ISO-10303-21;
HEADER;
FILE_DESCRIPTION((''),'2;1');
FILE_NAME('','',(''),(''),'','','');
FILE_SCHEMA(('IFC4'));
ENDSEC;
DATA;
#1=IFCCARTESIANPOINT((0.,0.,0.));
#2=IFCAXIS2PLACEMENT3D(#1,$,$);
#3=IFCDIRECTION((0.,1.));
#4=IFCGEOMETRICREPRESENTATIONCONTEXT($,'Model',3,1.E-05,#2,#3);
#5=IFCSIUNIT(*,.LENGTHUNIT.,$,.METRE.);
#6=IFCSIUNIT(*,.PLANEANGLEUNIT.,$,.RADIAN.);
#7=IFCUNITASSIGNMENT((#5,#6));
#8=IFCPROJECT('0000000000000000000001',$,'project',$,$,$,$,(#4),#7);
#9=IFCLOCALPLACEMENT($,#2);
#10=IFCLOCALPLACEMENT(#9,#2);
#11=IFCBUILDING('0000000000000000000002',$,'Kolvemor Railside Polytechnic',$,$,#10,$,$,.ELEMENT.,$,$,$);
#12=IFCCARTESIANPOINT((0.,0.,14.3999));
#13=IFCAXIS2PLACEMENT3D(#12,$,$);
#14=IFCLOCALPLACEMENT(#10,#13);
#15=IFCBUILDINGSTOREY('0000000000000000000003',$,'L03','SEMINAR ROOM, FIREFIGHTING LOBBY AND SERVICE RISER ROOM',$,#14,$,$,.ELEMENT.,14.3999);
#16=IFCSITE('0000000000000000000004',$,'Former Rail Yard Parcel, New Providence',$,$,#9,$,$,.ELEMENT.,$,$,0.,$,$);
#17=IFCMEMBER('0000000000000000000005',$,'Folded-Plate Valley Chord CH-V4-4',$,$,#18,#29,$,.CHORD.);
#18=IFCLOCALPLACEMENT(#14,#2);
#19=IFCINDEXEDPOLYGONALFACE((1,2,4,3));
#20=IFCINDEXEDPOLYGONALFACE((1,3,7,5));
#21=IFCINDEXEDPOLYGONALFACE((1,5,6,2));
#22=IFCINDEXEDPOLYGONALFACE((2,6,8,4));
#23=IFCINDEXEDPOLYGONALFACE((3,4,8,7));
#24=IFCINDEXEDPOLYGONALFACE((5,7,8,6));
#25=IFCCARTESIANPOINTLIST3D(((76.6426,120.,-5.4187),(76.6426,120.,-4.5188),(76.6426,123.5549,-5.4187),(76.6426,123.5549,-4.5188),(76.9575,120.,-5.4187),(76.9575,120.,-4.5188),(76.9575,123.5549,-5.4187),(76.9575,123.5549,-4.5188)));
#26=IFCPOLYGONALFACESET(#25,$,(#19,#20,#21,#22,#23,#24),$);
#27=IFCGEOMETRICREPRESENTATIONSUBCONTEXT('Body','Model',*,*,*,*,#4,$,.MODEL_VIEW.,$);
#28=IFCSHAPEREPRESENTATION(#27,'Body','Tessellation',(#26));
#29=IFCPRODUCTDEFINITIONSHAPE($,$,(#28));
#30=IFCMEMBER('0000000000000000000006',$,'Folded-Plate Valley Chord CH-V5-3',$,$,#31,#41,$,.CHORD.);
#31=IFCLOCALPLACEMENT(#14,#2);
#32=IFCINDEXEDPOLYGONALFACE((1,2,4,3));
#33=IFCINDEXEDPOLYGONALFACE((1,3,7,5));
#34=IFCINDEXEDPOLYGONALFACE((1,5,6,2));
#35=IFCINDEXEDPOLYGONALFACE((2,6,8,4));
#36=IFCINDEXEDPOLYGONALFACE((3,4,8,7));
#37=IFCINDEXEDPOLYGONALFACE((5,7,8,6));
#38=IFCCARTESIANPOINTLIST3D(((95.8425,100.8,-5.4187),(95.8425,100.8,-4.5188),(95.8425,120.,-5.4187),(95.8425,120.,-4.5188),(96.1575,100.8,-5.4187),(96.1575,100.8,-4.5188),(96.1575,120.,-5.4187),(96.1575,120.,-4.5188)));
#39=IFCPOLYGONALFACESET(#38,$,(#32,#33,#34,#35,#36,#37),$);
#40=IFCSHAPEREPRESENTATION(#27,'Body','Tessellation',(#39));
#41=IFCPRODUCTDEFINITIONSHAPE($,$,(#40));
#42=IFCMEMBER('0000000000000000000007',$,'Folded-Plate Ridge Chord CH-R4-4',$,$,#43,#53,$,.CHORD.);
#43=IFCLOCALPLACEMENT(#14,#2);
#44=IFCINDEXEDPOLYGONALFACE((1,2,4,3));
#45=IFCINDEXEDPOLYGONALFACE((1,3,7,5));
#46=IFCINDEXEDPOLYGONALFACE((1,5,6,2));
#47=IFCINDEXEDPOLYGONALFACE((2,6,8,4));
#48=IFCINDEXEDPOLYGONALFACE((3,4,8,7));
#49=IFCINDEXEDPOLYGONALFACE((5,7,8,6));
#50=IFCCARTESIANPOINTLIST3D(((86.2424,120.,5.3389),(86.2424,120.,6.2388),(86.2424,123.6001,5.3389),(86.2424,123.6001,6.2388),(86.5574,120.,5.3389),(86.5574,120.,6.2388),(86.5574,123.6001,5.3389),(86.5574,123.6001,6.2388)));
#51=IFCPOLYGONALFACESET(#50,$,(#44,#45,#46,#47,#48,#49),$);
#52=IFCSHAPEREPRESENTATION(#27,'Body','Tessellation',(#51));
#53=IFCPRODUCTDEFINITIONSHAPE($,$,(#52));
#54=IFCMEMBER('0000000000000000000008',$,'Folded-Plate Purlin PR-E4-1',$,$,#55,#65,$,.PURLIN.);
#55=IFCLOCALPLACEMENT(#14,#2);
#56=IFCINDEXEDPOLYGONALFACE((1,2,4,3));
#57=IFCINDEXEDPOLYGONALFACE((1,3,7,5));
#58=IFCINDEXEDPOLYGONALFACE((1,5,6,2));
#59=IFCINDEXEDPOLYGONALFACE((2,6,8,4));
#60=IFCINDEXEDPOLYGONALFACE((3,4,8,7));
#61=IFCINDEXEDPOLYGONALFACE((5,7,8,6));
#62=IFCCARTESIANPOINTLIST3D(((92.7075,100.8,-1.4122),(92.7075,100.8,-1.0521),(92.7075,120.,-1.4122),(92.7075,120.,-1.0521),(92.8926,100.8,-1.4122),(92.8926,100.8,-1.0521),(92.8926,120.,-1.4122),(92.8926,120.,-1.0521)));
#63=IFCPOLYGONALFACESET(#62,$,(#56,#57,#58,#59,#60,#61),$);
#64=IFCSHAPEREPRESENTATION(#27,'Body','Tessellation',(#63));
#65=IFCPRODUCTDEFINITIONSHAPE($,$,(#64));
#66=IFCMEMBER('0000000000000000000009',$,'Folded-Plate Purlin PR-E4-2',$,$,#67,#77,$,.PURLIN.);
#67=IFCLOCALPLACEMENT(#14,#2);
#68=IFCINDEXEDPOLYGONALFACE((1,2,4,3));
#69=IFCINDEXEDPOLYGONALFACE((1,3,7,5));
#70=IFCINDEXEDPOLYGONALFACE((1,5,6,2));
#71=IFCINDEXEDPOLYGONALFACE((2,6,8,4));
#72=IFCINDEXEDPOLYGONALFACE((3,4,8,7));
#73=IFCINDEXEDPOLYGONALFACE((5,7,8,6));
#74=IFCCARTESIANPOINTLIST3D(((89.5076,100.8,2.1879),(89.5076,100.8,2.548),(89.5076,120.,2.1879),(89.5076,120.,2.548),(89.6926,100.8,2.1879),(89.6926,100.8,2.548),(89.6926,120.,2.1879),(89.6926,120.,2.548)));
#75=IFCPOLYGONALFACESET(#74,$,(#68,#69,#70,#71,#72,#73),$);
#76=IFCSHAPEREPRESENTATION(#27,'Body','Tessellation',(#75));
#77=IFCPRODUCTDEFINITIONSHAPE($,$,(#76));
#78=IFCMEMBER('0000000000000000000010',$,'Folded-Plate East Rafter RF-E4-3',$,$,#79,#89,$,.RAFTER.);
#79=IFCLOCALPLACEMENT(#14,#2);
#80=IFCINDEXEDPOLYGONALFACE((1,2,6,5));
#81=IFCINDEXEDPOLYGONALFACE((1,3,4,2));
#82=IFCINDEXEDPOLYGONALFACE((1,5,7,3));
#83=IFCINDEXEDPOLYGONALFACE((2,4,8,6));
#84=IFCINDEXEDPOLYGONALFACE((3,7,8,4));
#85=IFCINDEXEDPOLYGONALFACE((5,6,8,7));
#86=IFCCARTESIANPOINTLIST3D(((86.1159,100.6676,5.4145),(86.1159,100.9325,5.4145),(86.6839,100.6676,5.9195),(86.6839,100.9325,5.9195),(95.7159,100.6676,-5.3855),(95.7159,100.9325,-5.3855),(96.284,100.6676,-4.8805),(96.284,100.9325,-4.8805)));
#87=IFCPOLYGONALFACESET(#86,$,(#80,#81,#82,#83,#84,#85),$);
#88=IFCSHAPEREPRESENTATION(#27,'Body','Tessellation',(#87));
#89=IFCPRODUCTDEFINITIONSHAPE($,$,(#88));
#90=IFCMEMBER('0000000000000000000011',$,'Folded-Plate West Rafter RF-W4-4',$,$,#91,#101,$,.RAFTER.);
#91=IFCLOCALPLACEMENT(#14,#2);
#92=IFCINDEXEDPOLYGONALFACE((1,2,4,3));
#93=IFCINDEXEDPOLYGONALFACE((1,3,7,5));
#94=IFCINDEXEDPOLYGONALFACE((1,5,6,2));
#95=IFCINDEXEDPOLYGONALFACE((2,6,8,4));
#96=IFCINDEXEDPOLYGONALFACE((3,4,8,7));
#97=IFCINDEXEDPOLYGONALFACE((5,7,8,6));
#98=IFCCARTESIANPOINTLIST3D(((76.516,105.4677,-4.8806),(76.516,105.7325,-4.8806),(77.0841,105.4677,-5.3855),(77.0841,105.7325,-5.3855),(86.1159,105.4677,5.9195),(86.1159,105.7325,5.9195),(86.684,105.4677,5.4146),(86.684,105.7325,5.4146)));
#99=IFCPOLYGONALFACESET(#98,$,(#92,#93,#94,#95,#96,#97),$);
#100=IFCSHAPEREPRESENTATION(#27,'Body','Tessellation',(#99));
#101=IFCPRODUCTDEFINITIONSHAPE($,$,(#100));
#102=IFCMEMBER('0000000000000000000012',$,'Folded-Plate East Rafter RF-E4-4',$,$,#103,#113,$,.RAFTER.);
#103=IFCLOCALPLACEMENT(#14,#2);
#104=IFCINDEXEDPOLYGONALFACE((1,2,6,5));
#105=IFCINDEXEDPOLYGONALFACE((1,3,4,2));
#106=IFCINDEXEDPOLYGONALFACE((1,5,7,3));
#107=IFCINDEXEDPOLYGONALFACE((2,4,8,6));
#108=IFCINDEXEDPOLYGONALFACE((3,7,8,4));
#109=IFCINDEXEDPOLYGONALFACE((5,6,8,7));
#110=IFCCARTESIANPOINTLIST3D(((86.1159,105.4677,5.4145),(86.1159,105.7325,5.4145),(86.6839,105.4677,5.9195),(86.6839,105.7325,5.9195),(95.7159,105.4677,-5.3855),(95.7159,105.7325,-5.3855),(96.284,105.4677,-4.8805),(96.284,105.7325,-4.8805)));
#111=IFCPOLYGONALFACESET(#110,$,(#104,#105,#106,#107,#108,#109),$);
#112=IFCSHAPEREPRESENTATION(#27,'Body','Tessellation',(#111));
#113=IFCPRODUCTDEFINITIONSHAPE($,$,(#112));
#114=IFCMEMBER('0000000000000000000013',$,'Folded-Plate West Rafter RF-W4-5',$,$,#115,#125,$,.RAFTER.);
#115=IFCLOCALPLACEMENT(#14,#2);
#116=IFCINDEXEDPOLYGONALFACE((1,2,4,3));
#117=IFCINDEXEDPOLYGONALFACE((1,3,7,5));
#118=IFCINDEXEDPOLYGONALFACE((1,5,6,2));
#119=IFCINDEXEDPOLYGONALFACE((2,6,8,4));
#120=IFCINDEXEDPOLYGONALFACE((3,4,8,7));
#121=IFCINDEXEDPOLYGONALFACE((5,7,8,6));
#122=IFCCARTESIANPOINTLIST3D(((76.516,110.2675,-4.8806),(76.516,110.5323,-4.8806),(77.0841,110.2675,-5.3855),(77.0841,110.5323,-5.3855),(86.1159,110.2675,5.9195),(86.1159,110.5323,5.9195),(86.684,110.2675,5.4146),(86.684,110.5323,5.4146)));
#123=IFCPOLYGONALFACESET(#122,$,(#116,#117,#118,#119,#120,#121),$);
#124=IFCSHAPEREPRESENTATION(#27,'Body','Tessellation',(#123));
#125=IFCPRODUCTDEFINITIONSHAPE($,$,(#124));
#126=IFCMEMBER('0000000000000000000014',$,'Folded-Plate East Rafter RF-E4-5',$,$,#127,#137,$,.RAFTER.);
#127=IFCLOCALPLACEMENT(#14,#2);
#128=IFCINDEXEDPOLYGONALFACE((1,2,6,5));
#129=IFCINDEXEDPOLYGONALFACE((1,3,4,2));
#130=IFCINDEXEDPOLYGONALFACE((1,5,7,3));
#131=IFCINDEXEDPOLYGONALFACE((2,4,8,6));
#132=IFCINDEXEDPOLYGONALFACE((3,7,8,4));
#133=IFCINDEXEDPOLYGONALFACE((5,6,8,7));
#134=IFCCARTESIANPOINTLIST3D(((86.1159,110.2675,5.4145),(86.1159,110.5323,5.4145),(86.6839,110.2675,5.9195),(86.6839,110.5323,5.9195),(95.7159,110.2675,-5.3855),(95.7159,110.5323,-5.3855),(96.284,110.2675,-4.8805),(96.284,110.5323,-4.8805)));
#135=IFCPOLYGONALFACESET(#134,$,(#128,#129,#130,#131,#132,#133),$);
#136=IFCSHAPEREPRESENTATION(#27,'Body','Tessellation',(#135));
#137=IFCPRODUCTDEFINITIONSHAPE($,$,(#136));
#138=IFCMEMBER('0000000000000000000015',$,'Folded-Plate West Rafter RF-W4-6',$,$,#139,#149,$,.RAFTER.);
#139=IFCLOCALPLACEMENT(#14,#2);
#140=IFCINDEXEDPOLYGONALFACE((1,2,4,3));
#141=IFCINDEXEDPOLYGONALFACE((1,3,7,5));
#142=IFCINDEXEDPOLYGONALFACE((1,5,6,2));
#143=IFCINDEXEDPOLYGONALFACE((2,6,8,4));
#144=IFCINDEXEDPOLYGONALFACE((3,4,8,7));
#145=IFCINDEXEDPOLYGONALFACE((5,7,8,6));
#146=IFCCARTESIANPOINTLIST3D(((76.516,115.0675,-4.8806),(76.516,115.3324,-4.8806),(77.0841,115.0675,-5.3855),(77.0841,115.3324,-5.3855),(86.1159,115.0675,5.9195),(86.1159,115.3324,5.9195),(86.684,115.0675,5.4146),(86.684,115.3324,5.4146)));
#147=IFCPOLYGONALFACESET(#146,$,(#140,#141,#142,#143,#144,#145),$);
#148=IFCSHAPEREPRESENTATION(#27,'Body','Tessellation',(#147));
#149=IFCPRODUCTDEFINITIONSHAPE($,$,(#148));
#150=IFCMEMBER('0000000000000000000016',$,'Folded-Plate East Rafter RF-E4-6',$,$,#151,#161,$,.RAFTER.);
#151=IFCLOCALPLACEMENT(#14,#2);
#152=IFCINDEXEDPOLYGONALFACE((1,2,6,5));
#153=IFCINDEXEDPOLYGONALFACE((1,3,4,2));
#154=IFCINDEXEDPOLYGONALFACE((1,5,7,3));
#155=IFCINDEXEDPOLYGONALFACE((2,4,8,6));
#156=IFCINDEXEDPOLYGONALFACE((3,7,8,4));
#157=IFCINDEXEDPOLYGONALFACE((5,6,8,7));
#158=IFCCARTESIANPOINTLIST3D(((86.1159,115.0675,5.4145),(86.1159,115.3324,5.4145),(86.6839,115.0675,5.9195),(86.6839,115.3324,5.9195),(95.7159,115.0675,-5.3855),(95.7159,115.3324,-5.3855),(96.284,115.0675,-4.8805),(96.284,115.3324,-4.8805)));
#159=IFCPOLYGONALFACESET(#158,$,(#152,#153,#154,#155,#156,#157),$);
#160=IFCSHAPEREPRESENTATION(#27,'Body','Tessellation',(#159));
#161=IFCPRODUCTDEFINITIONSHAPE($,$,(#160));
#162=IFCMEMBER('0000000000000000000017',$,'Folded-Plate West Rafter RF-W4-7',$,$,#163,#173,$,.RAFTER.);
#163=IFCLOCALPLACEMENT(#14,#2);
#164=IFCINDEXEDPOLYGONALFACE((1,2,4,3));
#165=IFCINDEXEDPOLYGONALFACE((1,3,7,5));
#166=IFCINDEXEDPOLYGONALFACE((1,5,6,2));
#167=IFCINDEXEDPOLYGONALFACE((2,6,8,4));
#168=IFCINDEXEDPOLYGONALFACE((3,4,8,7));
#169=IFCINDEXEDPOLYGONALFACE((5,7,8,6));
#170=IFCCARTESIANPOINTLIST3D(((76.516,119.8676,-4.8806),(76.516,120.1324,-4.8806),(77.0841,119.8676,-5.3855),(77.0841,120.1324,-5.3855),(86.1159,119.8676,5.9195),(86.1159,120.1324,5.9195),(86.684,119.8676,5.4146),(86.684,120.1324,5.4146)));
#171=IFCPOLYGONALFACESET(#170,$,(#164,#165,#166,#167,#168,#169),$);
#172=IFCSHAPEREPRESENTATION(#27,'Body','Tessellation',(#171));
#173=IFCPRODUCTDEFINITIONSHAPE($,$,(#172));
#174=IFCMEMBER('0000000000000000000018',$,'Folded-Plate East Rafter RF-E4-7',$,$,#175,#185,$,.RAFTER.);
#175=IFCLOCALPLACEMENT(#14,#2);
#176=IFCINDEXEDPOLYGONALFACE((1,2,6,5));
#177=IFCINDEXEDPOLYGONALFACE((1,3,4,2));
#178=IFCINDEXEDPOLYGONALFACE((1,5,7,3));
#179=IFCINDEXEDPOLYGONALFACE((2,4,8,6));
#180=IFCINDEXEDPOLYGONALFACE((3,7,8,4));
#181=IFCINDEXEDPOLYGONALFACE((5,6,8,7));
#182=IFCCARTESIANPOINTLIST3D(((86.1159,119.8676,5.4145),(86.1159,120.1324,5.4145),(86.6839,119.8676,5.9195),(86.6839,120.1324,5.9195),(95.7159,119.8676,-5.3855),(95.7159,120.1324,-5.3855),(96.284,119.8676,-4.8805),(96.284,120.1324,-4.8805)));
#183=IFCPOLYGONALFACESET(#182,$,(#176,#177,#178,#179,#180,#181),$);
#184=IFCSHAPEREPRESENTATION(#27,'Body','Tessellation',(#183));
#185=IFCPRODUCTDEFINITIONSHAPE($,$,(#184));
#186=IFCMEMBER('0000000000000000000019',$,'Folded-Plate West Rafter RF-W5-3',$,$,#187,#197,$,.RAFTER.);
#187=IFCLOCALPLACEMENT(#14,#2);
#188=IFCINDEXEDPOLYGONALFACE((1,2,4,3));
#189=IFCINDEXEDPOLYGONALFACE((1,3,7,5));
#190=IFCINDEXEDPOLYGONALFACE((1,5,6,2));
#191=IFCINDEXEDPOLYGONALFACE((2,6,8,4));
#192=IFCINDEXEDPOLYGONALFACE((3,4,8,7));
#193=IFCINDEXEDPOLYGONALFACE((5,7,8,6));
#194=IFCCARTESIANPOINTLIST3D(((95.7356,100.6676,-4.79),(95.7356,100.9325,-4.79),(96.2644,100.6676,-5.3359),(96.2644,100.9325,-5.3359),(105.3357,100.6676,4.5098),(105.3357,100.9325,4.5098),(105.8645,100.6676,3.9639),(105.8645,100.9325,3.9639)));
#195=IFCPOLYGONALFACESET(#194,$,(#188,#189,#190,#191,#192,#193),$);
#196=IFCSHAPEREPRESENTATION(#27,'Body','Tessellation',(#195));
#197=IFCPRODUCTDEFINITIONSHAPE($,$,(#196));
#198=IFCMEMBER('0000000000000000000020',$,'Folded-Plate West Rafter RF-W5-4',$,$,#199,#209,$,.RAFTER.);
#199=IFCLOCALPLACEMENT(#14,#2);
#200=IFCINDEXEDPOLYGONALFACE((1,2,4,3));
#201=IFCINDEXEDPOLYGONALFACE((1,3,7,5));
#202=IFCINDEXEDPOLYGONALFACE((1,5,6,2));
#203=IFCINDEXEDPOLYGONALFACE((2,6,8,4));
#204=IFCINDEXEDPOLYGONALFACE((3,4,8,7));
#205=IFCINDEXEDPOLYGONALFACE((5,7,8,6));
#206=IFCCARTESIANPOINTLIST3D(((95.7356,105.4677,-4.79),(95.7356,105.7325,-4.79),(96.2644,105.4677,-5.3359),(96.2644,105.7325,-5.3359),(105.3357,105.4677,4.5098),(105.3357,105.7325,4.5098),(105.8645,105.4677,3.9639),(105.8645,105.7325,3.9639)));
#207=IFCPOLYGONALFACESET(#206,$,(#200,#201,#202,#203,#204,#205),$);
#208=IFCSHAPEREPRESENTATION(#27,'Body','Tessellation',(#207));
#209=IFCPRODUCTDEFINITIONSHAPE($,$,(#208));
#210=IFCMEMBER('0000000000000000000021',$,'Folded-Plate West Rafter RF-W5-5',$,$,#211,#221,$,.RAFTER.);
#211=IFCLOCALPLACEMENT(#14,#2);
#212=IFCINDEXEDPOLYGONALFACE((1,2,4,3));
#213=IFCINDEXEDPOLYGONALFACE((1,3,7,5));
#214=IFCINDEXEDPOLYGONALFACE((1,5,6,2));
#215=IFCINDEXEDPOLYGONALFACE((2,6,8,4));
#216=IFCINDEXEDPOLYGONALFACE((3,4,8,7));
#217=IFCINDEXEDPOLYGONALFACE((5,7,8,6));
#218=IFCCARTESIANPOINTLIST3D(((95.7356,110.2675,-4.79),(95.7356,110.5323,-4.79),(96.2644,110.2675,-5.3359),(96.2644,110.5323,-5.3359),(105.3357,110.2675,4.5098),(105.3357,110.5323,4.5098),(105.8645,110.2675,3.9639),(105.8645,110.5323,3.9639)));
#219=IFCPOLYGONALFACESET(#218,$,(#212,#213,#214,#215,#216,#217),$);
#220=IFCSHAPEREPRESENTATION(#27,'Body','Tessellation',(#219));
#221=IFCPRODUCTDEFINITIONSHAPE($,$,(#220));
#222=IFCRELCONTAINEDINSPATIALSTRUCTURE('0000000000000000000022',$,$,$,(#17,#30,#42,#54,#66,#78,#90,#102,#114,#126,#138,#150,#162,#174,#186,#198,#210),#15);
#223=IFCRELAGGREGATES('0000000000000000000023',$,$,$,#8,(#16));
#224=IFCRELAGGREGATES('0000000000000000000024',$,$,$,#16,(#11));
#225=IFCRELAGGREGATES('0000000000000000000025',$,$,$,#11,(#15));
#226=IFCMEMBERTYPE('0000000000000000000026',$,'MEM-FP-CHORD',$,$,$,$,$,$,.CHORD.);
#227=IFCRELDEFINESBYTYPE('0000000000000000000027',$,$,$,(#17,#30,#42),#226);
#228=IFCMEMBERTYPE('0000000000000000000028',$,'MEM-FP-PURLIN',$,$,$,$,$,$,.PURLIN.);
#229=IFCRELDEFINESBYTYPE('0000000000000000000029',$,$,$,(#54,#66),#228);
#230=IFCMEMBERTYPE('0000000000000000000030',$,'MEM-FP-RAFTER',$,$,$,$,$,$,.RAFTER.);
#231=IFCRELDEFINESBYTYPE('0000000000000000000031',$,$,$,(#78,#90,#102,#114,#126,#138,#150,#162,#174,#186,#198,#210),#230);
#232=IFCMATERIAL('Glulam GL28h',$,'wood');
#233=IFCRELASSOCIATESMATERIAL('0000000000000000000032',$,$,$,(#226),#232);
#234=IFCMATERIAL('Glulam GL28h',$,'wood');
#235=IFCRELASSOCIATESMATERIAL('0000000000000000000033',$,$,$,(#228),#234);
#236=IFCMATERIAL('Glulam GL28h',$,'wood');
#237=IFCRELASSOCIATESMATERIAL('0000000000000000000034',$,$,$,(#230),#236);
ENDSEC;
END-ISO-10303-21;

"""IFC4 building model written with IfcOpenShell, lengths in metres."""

from ifc_helpers import new_model, si_unit, direction, frame, origin, origin_2d, place, context, subcontext, project, spatial, rectangle, extrude, material, material_profile, profile_set, type_object, element, save


model = new_model("IFC4")

# Units and contexts
model_context = context("Model", 3, precision=1e-05, world=origin(), true_north=direction((0.0, 1.0)))
body_context = subcontext(model_context, "Body", "Model", "MODEL_VIEW")
ifc_project = project(units=[si_unit("LENGTHUNIT", "METRE"), si_unit("PLANEANGLEUNIT", "RADIAN")], contexts=[model_context])

# Site, building, storey
site_placement = place(None, origin())
site = spatial("IfcSite", under=ifc_project, at=site_placement, Name="Former Rail Yard Parcel, New Providence", CompositionType="ELEMENT", RefElevation=0.0)
building_placement = place(site_placement, origin())
building = spatial("IfcBuilding", under=site, at=building_placement, Name="Kolvemor Railside Polytechnic", CompositionType="ELEMENT")
storey_placement = place(building_placement, frame((0.0, 0.0, 14.3999)))
storey = spatial("IfcBuildingStorey", under=building, at=storey_placement, Name="L03", Description="SEMINAR ROOM, FIREFIGHTING LOBBY AND SERVICE RISER ROOM", CompositionType="ELEMENT", Elevation=14.3999)

# Members
ifc_material_1 = material(Name="Glulam GL28h", Category="wood")
ifc_material_profile_1 = material_profile(ifc_material_1, rectangle(XDim=0.3149, YDim=0.8999, at=origin_2d()), Name="GL315x900")
ifc_profile_set_1 = profile_set([ifc_material_profile_1], Name="Glulam GL28h")
member_type_1 = type_object("IfcMemberType", Name="MEM-FP-CHORD", PredefinedType="CHORD", material=ifc_profile_set_1)
member_1_placement = place(storey_placement, frame((76.8, 120.0, -4.9688), z_axis=(0.0, 1.0, 0.0), x_axis=(-1.0, 0.0, 0.0)))
element("IfcMember", 1, at=member_1_placement, inside=storey, type_object=member_type_1, Name="Folded-Plate Valley Chord CH-V4-4", PredefinedType="CHORD", context=body_context, shape_type="SweptSolid", body=[
    extrude(rectangle(XDim=0.3149, YDim=0.8999, at=origin_2d()), origin(), (0.0, 0.0, 1.0), 3.5549),
])
member_2_placement = place(storey_placement, frame((96.0, 100.8, -4.9688), z_axis=(0.0, 1.0, 0.0), x_axis=(-1.0, 0.0, 0.0)))
element("IfcMember", 2, at=member_2_placement, inside=storey, type_object=member_type_1, Name="Folded-Plate Valley Chord CH-V5-3", PredefinedType="CHORD", context=body_context, shape_type="SweptSolid", body=[
    extrude(rectangle(XDim=0.3149, YDim=0.8999, at=origin_2d()), origin(), (0.0, 0.0, 1.0), 19.2),
])
member_3_placement = place(storey_placement, frame((86.3999, 120.0, 5.7888), z_axis=(0.0, 1.0, 0.0), x_axis=(-1.0, 0.0, 0.0)))
element("IfcMember", 3, at=member_3_placement, inside=storey, type_object=member_type_1, Name="Folded-Plate Ridge Chord CH-R4-4", PredefinedType="CHORD", context=body_context, shape_type="SweptSolid", body=[
    extrude(rectangle(XDim=0.3149, YDim=0.8999, at=origin_2d()), origin(), (0.0, 0.0, 1.0), 3.6001),
])
ifc_material_2 = material(Name="Glulam GL28h", Category="wood")
ifc_material_profile_2 = material_profile(ifc_material_2, rectangle(XDim=0.1851, YDim=0.3601, at=origin_2d()), Name="GL185x360")
ifc_profile_set_2 = profile_set([ifc_material_profile_2], Name="Glulam GL28h")
member_type_2 = type_object("IfcMemberType", Name="MEM-FP-PURLIN", PredefinedType="PURLIN", material=ifc_profile_set_2)
for number, where, z_axis, x_axis, name in (
    (4, (92.8, 100.8, -1.2322), (0.0, 1.0, 0.0), (-1.0, 0.0, 0.0), "Folded-Plate Purlin PR-E4-1"),
    (5, (89.6001, 100.8, 2.3679), (0.0, 1.0, 0.0), (-1.0, 0.0, 0.0), "Folded-Plate Purlin PR-E4-2"),
):
    element("IfcMember", number, at=place(storey_placement, frame(where, z_axis=z_axis, x_axis=x_axis)), inside=storey, type_object=member_type_2, Name=name, PredefinedType="PURLIN", context=body_context, shape_type="SweptSolid", body=[
        extrude(rectangle(XDim=0.1851, YDim=0.3601, at=origin_2d()), origin(), (0.0, 0.0, 1.0), 19.2),
    ])
ifc_material_3 = material(Name="Glulam GL28h", Category="wood")
ifc_material_profile_3 = material_profile(ifc_material_3, rectangle(XDim=0.2649, YDim=0.76, at=origin_2d()), Name="GL265x760")
ifc_profile_set_3 = profile_set([ifc_material_profile_3], Name="Glulam GL28h")
member_type_3 = type_object("IfcMemberType", Name="MEM-FP-RAFTER", PredefinedType="RAFTER", material=ifc_profile_set_3)
for number, where, z_axis, x_axis, name in (
    (6, (86.3999, 100.8, 5.667), (0.664366, 0.0, -0.747407), (0.0, 1.0, 0.0), "Folded-Plate East Rafter RF-E4-3"),
    (7, (76.8, 105.6001, -5.1331), (0.664356, 0.0, 0.747416), (0.0, 1.0, 0.0), "Folded-Plate West Rafter RF-W4-4"),
    (8, (86.3999, 105.6001, 5.667), (0.664366, 0.0, -0.747407), (0.0, 1.0, 0.0), "Folded-Plate East Rafter RF-E4-4"),
    (9, (76.8, 110.3999, -5.1331), (0.664356, 0.0, 0.747416), (0.0, 1.0, 0.0), "Folded-Plate West Rafter RF-W4-5"),
    (10, (86.3999, 110.3999, 5.667), (0.664366, 0.0, -0.747407), (0.0, 1.0, 0.0), "Folded-Plate East Rafter RF-E4-5"),
    (11, (76.8, 115.2, -5.1331), (0.664356, 0.0, 0.747416), (0.0, 1.0, 0.0), "Folded-Plate West Rafter RF-W4-6"),
    (12, (86.3999, 115.2, 5.667), (0.664366, 0.0, -0.747407), (0.0, 1.0, 0.0), "Folded-Plate East Rafter RF-E4-6"),
    (13, (76.8, 120.0, -5.1331), (0.664356, 0.0, 0.747416), (0.0, 1.0, 0.0), "Folded-Plate West Rafter RF-W4-7"),
    (14, (86.3999, 120.0, 5.667), (0.664366, 0.0, -0.747407), (0.0, 1.0, 0.0), "Folded-Plate East Rafter RF-E4-7"),
):
    element("IfcMember", number, at=place(storey_placement, frame(where, z_axis=z_axis, x_axis=x_axis)), inside=storey, type_object=member_type_3, Name=name, PredefinedType="RAFTER", context=body_context, shape_type="SweptSolid", body=[
        extrude(rectangle(XDim=0.2649, YDim=0.76, at=origin_2d()), origin(), (0.0, 0.0, 1.0), 14.45),
    ])
for number, where, z_axis, x_axis, name in (
    (15, (96.0, 100.8, -5.063), (0.718251, 0.0, 0.695784), (0.0, 1.0, 0.0), "Folded-Plate West Rafter RF-W5-3"),
    (16, (96.0, 105.6001, -5.063), (0.718251, 0.0, 0.695784), (0.0, 1.0, 0.0), "Folded-Plate West Rafter RF-W5-4"),
    (17, (96.0, 110.3999, -5.063), (0.718251, 0.0, 0.695784), (0.0, 1.0, 0.0), "Folded-Plate West Rafter RF-W5-5"),
):
    element("IfcMember", number, at=place(storey_placement, frame(where, z_axis=z_axis, x_axis=x_axis)), inside=storey, type_object=member_type_3, Name=name, PredefinedType="RAFTER", context=body_context, shape_type="SweptSolid", body=[
        extrude(rectangle(XDim=0.2649, YDim=0.76, at=origin_2d()), origin(), (0.0, 0.0, 1.0), 13.366),
    ])

save(model, "model.ifc")
